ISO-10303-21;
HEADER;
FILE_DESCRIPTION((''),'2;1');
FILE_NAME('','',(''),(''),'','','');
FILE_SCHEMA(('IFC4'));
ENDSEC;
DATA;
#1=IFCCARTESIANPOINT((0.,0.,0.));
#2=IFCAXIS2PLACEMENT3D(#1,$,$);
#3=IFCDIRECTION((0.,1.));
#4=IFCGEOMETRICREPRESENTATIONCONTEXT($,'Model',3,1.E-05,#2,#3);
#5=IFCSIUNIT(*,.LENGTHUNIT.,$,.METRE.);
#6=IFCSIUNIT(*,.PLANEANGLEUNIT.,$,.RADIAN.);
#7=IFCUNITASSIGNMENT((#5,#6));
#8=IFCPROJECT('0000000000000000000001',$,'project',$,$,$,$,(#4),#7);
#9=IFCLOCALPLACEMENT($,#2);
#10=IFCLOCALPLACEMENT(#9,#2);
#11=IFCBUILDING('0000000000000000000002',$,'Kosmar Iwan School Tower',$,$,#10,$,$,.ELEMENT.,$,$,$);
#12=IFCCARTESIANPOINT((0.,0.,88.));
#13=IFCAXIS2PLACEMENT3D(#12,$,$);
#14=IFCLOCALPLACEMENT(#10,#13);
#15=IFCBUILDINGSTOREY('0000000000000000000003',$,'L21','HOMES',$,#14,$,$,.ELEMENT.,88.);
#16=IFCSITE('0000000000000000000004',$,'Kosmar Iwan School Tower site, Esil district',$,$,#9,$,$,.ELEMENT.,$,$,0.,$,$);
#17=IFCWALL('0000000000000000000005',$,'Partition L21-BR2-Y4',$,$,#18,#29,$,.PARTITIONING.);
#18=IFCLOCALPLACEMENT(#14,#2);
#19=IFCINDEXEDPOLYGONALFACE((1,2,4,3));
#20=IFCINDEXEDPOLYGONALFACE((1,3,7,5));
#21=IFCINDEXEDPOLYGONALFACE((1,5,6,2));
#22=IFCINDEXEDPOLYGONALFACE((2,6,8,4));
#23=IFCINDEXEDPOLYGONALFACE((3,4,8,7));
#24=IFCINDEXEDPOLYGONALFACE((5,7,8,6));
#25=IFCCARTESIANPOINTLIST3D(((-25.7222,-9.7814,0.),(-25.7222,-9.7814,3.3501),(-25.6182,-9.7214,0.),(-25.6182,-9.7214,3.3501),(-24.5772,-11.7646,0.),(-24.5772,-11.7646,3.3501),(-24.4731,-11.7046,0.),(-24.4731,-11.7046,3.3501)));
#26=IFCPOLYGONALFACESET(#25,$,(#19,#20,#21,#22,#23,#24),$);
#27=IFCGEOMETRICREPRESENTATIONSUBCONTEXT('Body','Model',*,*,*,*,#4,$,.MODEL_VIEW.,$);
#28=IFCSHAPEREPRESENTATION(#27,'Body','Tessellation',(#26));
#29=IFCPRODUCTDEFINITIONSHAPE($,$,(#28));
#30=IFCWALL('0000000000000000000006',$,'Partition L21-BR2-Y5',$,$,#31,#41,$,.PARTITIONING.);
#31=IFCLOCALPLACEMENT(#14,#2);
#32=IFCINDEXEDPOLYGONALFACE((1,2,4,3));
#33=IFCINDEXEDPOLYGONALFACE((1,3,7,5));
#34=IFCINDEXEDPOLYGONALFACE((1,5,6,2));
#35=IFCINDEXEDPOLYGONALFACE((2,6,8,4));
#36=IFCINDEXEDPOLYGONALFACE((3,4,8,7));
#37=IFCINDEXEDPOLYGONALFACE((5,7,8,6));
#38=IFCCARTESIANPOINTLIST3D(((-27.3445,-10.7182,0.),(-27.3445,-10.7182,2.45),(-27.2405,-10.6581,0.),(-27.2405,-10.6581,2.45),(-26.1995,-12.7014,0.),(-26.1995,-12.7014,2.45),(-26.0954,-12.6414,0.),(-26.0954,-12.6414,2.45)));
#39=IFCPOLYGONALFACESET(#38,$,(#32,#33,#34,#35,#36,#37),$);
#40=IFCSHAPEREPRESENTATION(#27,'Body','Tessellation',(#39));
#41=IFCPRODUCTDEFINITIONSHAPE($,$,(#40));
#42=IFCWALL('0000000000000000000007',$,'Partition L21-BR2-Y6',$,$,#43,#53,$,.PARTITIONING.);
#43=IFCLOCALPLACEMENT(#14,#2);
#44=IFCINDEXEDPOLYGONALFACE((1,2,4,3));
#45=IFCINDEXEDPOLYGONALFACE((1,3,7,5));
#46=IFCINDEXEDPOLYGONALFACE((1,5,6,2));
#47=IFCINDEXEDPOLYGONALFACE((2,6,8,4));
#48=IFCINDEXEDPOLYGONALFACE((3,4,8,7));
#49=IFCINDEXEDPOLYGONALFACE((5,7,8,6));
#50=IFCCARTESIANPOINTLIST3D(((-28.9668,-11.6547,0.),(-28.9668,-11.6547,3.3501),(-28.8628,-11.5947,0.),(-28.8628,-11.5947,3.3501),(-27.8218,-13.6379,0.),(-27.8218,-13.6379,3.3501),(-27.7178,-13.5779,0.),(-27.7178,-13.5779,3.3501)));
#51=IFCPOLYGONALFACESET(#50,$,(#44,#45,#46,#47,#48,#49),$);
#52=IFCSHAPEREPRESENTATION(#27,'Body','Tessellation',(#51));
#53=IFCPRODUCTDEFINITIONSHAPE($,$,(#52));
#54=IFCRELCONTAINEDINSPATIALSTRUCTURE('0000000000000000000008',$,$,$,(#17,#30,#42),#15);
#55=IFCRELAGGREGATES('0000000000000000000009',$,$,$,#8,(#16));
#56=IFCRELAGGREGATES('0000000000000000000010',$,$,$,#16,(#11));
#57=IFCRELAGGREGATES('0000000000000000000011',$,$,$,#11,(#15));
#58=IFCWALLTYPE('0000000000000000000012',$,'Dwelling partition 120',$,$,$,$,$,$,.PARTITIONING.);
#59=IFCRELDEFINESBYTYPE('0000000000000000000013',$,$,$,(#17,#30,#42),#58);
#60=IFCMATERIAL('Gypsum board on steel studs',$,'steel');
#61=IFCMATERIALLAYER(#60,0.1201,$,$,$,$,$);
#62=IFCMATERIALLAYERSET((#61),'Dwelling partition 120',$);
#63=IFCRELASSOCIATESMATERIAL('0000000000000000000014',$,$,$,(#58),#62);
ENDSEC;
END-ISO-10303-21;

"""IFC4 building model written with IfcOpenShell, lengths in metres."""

from ifc_helpers import new_model, si_unit, direction, frame, frame_2d, origin, place, context, subcontext, project, spatial, rectangle, extrude, material, layer, layer_set, type_object, element, save


model = new_model("IFC4")

# Units and contexts
model_context = context("Model", 3, precision=1e-05, world=origin(), true_north=direction((0.0, 1.0)))
body_context = subcontext(model_context, "Body", "Model", "MODEL_VIEW")
ifc_project = project(units=[si_unit("LENGTHUNIT", "METRE"), si_unit("PLANEANGLEUNIT", "RADIAN")], contexts=[model_context])

# Site, building, storey
site_placement = place(None, origin())
site = spatial("IfcSite", under=ifc_project, at=site_placement, Name="Kosmar Iwan School Tower site, Esil district", CompositionType="ELEMENT", RefElevation=0.0)
building_placement = place(site_placement, origin())
building = spatial("IfcBuilding", under=site, at=building_placement, Name="Kosmar Iwan School Tower", CompositionType="ELEMENT")
storey_placement = place(building_placement, frame((0.0, 0.0, 88.0)))
storey = spatial("IfcBuildingStorey", under=building, at=storey_placement, Name="L21", Description="HOMES", CompositionType="ELEMENT", Elevation=88.0)

# Walls
ifc_material_1 = material(Name="Gypsum board on steel studs", Category="steel")
ifc_layer_1 = layer(ifc_material_1, 0.1201)
ifc_layer_set_1 = layer_set([ifc_layer_1], Name="Dwelling partition 120")
wall_type_1 = type_object("IfcWallType", Name="Dwelling partition 120", PredefinedType="PARTITIONING", material=ifc_layer_set_1)
wall_1_placement = place(storey_placement, frame((-24.5251, -11.7346, 0.0), z_axis=(0.0, 0.0, 1.0), x_axis=(-0.500015, 0.866017, 0.0)))
element("IfcWall", 1, at=wall_1_placement, inside=storey, type_object=wall_type_1, Name="Partition L21-BR2-Y4", PredefinedType="PARTITIONING", context=body_context, shape_type="SweptSolid", body=[
    extrude(rectangle(XDim=2.29, YDim=0.1201, at=frame_2d((1.145, 0.0))), origin(), (0.0, 0.0, 1.0), 3.3501),
])
wall_2_placement = place(storey_placement, frame((-26.1475, -12.6714, 0.0), z_axis=(0.0, 0.0, 1.0), x_axis=(-0.500015, 0.866017, 0.0)))
element("IfcWall", 2, at=wall_2_placement, inside=storey, type_object=wall_type_1, Name="Partition L21-BR2-Y5", PredefinedType="PARTITIONING", context=body_context, shape_type="SweptSolid", body=[
    extrude(rectangle(XDim=2.29, YDim=0.1201, at=frame_2d((1.145, 0.0))), origin(), (0.0, 0.0, 1.0), 2.45),
])
wall_3_placement = place(storey_placement, frame((-27.7698, -13.6079, 0.0), z_axis=(0.0, 0.0, 1.0), x_axis=(-0.500015, 0.866017, 0.0)))
element("IfcWall", 3, at=wall_3_placement, inside=storey, type_object=wall_type_1, Name="Partition L21-BR2-Y6", PredefinedType="PARTITIONING", context=body_context, shape_type="SweptSolid", body=[
    extrude(rectangle(XDim=2.29, YDim=0.1201, at=frame_2d((1.145, 0.0))), origin(), (0.0, 0.0, 1.0), 3.3501),
])

save(model, "model.ifc")
